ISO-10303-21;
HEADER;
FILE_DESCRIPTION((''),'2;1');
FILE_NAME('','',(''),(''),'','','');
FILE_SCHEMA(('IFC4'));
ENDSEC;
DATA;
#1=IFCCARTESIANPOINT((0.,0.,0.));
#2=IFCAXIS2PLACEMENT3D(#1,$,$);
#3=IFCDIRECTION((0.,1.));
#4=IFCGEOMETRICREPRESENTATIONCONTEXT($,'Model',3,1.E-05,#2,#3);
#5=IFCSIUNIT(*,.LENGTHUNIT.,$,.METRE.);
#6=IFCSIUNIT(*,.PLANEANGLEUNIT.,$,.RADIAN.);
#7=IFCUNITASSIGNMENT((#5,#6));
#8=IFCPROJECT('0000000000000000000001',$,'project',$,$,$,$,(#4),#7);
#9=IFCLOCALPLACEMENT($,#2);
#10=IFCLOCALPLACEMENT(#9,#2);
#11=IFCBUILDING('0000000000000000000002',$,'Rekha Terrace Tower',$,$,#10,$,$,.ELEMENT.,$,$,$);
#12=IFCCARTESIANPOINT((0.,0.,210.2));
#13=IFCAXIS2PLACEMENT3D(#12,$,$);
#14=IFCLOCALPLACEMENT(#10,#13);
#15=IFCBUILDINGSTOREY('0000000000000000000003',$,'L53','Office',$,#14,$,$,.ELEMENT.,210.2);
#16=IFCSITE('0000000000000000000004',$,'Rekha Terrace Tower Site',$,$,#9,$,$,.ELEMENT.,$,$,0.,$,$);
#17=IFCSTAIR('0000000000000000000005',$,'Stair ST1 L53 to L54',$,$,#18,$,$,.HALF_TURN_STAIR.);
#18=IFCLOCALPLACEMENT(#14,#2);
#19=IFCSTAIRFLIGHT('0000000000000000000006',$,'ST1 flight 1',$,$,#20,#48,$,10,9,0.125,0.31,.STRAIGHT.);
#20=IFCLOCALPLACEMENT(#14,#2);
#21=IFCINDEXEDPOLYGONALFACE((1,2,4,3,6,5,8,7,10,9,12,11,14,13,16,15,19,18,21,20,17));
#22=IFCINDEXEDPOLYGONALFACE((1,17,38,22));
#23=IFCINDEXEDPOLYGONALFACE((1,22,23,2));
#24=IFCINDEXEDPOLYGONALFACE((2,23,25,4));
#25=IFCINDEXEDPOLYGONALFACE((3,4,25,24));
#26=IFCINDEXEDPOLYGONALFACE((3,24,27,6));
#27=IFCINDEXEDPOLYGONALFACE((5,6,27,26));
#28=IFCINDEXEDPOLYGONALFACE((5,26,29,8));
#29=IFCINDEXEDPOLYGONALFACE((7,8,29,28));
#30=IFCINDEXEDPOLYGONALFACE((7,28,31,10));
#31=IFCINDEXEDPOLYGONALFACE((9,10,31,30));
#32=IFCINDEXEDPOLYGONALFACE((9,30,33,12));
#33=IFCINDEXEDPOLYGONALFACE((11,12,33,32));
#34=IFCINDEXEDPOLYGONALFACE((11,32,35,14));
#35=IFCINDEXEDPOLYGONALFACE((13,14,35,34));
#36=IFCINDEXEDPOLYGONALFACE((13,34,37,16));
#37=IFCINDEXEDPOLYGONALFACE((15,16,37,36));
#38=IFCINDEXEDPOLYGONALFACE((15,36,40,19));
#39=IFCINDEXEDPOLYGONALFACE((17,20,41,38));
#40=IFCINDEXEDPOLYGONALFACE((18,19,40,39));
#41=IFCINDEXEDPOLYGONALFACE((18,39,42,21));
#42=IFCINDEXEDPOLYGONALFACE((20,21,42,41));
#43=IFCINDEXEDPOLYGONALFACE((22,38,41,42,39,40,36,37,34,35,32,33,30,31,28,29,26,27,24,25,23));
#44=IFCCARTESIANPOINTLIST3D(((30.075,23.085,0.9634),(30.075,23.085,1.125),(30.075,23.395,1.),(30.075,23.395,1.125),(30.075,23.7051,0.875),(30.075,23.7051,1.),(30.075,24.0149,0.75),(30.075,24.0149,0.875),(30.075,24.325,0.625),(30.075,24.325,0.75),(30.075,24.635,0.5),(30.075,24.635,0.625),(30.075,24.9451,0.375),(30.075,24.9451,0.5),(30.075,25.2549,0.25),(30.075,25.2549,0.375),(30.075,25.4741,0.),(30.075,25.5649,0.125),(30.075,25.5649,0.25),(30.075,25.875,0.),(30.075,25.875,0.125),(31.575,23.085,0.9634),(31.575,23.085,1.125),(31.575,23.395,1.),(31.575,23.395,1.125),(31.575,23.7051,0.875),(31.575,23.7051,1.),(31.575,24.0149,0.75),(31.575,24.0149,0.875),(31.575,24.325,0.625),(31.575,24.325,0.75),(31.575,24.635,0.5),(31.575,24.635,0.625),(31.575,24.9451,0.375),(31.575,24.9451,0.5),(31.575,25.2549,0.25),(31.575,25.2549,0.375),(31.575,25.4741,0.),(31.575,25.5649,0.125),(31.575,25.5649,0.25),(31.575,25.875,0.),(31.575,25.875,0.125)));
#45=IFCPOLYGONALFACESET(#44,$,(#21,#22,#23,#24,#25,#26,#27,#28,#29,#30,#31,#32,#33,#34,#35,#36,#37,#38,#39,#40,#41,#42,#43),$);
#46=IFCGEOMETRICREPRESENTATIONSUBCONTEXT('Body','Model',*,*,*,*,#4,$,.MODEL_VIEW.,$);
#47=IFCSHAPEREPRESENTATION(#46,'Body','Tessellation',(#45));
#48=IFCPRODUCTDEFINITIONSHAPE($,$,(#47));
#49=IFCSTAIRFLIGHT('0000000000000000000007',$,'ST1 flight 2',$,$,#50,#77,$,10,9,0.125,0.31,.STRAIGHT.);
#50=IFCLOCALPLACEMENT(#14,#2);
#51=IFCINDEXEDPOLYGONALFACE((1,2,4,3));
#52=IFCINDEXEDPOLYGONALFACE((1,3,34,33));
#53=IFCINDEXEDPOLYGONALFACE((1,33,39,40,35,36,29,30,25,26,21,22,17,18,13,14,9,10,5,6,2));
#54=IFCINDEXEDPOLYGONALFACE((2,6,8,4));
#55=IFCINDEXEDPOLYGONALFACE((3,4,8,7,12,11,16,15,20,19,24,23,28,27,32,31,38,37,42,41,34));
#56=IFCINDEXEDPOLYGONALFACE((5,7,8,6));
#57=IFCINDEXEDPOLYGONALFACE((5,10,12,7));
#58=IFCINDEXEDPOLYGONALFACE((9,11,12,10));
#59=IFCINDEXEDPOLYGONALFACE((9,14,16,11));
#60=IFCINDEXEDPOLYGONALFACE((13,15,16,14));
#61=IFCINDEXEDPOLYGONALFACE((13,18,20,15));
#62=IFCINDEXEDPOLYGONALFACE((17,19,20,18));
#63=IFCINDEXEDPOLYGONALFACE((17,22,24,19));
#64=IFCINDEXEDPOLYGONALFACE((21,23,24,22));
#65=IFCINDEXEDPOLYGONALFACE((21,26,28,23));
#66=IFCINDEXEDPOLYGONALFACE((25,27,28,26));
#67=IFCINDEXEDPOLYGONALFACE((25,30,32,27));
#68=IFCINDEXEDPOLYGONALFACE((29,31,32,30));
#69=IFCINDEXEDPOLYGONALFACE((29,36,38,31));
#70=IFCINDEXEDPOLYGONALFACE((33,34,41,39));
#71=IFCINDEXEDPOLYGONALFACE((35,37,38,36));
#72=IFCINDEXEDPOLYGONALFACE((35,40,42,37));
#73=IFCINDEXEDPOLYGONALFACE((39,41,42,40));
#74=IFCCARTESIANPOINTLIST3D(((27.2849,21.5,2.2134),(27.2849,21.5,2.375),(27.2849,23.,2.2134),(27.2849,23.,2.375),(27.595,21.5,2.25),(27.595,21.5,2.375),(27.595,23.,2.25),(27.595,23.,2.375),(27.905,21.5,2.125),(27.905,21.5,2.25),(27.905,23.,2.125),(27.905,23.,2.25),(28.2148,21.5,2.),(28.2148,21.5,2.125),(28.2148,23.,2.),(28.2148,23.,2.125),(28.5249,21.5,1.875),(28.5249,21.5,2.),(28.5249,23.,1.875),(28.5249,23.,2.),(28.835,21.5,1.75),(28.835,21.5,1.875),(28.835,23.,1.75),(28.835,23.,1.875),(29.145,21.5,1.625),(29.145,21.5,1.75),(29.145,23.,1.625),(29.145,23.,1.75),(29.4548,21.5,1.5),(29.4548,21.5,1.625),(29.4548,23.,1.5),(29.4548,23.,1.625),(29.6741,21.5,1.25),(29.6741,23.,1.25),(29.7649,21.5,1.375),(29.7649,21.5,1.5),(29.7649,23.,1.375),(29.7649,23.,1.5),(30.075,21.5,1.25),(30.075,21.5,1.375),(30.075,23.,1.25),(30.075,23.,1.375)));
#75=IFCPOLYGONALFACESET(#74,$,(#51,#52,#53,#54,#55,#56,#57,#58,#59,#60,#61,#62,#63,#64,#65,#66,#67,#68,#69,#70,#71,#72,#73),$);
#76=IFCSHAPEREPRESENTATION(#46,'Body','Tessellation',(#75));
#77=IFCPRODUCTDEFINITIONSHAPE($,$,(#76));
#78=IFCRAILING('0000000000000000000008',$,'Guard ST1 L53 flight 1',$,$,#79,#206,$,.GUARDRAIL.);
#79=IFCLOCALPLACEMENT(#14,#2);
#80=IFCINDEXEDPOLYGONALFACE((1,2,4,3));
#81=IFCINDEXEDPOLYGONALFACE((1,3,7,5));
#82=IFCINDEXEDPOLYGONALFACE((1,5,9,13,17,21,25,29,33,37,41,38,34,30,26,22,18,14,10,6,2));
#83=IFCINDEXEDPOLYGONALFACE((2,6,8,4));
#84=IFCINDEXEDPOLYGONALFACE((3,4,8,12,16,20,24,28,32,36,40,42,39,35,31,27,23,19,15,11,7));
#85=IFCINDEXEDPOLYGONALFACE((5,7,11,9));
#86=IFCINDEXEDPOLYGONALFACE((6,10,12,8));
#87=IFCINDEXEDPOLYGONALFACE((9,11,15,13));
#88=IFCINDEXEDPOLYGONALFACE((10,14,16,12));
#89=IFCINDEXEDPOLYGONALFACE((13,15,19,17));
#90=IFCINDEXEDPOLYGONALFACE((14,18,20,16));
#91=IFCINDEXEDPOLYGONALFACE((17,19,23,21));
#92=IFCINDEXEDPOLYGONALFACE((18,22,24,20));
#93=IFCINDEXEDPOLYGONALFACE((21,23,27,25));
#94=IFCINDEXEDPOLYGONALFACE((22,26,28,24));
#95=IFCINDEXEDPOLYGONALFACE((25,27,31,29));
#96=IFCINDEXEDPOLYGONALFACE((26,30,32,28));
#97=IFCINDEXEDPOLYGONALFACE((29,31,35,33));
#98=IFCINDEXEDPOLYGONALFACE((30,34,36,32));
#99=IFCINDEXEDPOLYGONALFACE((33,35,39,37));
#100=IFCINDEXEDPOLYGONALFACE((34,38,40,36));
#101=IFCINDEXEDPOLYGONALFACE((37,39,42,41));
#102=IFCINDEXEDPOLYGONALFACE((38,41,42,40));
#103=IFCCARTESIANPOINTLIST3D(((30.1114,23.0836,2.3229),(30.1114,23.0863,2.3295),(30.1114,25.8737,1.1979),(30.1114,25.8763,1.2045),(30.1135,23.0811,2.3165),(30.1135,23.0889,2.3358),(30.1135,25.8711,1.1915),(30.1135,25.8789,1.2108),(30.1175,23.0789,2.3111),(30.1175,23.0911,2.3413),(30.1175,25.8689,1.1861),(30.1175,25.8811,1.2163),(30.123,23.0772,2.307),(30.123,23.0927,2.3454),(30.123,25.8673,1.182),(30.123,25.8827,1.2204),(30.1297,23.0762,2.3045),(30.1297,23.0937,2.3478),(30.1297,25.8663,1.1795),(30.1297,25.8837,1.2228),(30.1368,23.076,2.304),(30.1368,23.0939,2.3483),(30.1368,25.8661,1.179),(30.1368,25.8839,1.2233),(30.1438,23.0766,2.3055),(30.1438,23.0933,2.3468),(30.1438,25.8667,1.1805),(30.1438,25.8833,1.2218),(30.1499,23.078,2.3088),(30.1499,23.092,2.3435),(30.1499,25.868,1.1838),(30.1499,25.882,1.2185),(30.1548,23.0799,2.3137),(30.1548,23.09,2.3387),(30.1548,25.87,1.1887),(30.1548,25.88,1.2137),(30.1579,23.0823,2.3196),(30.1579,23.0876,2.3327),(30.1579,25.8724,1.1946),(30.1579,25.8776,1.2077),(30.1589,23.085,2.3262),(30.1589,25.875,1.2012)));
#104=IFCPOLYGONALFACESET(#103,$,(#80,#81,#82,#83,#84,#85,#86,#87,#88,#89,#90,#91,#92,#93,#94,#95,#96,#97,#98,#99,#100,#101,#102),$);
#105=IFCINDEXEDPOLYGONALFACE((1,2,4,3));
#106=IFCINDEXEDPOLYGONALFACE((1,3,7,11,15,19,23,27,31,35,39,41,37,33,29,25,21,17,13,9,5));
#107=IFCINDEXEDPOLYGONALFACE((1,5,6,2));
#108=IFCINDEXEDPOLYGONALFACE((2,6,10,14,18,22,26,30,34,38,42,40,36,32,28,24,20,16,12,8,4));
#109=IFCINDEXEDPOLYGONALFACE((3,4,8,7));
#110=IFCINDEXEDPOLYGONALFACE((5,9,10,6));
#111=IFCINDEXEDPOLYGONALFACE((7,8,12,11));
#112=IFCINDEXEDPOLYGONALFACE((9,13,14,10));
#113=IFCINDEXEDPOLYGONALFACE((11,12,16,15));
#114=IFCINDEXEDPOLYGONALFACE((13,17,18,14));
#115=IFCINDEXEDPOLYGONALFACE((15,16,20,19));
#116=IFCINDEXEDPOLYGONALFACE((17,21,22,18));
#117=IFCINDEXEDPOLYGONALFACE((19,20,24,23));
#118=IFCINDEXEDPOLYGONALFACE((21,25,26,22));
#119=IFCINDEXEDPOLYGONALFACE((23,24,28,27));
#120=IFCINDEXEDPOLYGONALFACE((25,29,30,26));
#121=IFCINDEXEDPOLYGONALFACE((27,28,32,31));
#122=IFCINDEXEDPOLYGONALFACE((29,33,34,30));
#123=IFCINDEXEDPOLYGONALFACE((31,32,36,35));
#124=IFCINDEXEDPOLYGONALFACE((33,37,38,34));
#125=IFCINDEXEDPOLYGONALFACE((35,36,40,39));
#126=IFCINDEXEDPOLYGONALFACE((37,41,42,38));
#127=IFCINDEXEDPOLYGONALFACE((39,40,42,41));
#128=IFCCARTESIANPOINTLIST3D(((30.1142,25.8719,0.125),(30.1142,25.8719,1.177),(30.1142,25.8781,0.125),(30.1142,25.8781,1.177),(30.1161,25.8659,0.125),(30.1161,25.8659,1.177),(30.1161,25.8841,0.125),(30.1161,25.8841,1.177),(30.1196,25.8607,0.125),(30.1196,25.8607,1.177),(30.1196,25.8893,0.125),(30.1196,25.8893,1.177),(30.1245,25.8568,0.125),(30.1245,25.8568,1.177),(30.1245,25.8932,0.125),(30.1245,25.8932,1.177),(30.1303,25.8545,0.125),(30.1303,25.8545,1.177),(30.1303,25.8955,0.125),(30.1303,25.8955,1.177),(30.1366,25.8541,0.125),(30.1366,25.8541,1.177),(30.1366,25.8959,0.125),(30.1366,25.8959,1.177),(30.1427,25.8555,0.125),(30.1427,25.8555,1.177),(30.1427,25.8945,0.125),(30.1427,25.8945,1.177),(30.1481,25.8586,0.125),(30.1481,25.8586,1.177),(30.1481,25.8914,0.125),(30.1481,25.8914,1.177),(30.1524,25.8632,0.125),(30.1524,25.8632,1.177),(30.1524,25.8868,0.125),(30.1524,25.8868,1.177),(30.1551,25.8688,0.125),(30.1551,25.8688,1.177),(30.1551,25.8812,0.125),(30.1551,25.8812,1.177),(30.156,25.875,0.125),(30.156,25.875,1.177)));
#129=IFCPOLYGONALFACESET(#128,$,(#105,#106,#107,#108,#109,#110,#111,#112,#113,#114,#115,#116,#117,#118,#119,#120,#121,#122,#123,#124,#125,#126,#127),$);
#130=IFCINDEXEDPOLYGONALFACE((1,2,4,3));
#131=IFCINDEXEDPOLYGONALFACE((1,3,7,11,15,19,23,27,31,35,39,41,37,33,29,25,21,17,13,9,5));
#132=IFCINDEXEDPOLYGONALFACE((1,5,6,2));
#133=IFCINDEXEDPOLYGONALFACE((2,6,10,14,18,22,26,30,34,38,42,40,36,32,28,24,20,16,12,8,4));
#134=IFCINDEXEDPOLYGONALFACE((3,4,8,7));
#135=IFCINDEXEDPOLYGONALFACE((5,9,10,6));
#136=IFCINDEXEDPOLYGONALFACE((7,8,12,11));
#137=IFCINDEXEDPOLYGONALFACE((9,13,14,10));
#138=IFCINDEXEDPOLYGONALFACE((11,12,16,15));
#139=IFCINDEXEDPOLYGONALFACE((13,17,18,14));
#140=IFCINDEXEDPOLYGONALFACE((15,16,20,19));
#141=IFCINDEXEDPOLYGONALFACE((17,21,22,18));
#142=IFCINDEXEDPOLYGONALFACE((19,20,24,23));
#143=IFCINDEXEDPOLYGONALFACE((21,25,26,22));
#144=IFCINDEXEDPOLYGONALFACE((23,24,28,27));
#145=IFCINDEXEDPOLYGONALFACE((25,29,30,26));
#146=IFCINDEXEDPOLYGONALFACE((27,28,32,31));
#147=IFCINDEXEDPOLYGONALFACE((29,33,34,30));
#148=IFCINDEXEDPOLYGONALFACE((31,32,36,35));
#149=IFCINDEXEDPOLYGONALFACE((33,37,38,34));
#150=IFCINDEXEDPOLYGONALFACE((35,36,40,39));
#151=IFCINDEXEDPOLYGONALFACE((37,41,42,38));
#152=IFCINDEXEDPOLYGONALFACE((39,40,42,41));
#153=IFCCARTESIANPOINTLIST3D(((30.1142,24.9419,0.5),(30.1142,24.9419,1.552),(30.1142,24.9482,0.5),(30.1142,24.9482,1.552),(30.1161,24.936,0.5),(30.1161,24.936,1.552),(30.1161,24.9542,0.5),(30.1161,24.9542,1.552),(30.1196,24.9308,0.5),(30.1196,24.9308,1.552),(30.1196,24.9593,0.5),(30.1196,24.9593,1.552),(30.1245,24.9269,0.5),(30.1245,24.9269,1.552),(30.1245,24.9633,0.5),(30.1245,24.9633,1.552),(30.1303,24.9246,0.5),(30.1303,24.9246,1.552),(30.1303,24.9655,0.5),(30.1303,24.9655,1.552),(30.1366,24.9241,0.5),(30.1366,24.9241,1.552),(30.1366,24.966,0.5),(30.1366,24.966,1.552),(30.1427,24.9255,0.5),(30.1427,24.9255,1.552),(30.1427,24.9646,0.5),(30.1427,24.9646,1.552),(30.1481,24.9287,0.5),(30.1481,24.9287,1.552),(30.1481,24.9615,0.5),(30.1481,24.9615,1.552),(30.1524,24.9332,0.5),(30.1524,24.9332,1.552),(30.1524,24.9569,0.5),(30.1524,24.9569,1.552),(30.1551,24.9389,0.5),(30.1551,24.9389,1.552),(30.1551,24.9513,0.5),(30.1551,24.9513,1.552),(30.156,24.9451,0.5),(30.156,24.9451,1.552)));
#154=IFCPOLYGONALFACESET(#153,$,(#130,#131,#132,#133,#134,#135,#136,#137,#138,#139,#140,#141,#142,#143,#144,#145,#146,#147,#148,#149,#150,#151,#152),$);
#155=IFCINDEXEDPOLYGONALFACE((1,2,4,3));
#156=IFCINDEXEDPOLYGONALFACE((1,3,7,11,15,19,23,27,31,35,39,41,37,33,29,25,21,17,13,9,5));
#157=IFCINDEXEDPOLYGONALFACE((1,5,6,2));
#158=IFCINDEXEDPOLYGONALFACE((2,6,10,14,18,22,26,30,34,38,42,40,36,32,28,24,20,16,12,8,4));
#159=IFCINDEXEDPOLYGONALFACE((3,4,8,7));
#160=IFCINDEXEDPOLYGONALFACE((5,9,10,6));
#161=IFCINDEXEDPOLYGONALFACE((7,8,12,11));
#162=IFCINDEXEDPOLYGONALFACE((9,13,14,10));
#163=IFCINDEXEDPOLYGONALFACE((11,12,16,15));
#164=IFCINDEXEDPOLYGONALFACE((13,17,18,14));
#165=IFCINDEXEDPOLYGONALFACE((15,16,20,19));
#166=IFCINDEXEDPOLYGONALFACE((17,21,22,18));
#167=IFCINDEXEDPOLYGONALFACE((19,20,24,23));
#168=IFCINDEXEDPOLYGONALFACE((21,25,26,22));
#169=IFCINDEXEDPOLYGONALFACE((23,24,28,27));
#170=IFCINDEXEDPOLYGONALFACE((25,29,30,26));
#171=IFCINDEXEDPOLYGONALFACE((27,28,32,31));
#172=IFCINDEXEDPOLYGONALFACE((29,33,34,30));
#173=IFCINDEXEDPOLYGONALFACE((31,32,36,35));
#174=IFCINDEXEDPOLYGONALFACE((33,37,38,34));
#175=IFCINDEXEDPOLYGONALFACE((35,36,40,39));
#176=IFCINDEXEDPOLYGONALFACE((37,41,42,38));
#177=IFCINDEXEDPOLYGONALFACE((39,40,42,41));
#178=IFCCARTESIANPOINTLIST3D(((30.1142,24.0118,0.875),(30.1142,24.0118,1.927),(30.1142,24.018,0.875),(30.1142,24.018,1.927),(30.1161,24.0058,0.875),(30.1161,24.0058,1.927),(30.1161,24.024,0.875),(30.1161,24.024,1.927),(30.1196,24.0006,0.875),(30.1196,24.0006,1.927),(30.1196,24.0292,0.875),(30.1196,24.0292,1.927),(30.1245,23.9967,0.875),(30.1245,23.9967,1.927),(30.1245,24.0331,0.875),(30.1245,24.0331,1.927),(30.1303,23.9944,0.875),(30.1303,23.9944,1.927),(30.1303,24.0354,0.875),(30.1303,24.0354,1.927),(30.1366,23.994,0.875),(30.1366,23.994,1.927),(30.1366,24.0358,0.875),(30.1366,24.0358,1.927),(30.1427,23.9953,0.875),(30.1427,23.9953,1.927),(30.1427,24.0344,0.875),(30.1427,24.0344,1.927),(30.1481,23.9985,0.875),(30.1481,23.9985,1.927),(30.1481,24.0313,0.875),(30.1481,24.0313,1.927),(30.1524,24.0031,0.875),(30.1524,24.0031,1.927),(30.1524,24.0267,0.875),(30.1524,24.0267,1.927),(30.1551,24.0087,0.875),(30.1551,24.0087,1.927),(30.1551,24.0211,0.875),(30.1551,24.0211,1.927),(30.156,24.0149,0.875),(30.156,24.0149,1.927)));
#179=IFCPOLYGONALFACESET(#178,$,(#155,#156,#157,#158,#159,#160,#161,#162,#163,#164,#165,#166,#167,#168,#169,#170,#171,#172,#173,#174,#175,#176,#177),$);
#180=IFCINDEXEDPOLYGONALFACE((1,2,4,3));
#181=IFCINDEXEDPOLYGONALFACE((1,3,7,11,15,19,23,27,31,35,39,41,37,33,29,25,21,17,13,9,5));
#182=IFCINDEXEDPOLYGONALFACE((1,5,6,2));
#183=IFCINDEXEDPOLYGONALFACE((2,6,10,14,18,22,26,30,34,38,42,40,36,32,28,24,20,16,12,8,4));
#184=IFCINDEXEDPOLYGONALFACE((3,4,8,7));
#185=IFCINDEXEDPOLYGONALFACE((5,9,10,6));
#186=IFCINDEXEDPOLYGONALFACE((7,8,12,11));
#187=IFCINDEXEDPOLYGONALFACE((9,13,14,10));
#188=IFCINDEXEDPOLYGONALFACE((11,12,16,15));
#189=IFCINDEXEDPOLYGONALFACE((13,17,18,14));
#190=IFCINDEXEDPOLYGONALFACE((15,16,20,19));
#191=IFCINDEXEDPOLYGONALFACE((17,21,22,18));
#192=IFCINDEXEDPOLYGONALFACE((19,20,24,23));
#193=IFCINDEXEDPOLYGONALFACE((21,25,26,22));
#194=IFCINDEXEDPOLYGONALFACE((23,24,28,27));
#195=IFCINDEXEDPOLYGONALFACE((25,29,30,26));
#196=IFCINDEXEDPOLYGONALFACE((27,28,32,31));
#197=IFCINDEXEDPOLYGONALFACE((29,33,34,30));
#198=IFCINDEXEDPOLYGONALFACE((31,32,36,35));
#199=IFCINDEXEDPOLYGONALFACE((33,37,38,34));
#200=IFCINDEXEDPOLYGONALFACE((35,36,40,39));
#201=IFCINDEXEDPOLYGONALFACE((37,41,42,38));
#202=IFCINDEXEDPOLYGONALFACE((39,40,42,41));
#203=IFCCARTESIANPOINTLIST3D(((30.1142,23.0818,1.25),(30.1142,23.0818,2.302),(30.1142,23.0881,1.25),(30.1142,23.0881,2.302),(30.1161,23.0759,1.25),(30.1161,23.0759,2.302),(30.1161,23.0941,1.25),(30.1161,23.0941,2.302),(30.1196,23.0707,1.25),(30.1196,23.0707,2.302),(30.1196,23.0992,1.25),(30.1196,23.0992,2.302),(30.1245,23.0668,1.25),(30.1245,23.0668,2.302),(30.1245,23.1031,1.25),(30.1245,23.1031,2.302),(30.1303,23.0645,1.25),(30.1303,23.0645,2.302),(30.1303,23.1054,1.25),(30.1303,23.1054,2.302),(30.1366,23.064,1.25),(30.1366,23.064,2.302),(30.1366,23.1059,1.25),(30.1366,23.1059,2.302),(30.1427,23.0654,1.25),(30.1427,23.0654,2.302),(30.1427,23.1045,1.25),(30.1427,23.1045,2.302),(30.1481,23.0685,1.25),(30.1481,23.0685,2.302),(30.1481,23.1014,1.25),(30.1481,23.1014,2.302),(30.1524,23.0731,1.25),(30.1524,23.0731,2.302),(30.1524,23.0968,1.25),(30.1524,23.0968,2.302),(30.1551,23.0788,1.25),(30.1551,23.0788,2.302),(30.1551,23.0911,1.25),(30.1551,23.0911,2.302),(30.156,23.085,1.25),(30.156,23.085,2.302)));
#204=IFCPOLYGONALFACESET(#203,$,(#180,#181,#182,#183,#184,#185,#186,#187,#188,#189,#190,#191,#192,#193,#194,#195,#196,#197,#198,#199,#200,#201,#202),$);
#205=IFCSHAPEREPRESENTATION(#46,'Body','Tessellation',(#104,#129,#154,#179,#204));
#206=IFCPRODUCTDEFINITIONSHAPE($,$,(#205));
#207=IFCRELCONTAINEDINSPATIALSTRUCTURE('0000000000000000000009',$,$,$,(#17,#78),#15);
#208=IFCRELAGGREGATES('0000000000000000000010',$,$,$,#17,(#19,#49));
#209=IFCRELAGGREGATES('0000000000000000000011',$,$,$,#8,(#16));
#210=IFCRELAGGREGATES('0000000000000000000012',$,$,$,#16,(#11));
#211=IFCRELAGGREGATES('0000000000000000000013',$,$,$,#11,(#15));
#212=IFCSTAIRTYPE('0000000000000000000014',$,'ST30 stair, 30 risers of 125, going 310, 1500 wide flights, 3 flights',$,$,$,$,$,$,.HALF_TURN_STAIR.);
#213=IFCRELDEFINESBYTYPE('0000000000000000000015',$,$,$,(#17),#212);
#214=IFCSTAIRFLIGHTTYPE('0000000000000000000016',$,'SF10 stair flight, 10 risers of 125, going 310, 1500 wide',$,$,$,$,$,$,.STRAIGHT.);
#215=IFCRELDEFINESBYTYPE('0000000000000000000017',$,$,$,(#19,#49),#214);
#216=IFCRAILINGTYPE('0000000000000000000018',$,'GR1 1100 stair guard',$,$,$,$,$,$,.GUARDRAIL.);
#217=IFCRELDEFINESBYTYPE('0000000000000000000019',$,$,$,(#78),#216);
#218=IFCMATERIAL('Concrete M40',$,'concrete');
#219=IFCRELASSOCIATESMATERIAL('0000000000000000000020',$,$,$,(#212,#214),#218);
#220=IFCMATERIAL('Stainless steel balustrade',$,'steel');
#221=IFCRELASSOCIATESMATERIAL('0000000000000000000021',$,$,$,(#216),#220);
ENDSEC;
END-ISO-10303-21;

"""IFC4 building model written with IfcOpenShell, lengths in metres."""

from ifc_helpers import new_model, si_unit, direction, frame, origin, origin_2d, place, context, subcontext, project, spatial, polyline, circle, outline, extrude, material, type_object, element, aggregate, save


model = new_model("IFC4")

# Units and contexts
model_context = context("Model", 3, precision=1e-05, world=origin(), true_north=direction((0.0, 1.0)))
body_context = subcontext(model_context, "Body", "Model", "MODEL_VIEW")
ifc_project = project(units=[si_unit("LENGTHUNIT", "METRE"), si_unit("PLANEANGLEUNIT", "RADIAN")], contexts=[model_context])

# Site, building, storey
site_placement = place(None, origin())
site = spatial("IfcSite", under=ifc_project, at=site_placement, Name="Rekha Terrace Tower Site", CompositionType="ELEMENT", RefElevation=0.0)
building_placement = place(site_placement, origin())
building = spatial("IfcBuilding", under=site, at=building_placement, Name="Rekha Terrace Tower", CompositionType="ELEMENT")
storey_placement = place(building_placement, frame((0.0, 0.0, 210.2)))
storey = spatial("IfcBuildingStorey", under=building, at=storey_placement, Name="L53", Description="Office", CompositionType="ELEMENT", Elevation=210.2)

# Stair, stair flights
ifc_material_1 = material(Name="Concrete M40", Category="concrete")
stair_type = type_object("IfcStairType", Name="ST30 stair, 30 risers of 125, going 310, 1500 wide flights, 3 flights", PredefinedType="HALF_TURN_STAIR", material=ifc_material_1)
stair_placement = place(storey_placement, origin())
stair = element("IfcStair", 1, at=stair_placement, inside=storey, type_object=stair_type, Name="Stair ST1 L53 to L54", PredefinedType="HALF_TURN_STAIR")
stair_flight_type = type_object("IfcStairFlightType", Name="SF10 stair flight, 10 risers of 125, going 310, 1500 wide", PredefinedType="STRAIGHT", material=ifc_material_1)
stair_flight_1_placement = place(storey_placement, frame((30.825, 25.875, 0.0), z_axis=(0.0, 0.0, 1.0), x_axis=(0.0, -1.0, 0.0)))
stair_flight_1 = element("IfcStairFlight", 2, at=stair_flight_1_placement, type_object=stair_flight_type, Name="ST1 flight 1", NumberOfRisers=10, NumberOfTreads=9, PredefinedType="STRAIGHT", RiserHeight=0.125, TreadLength=0.31, context=body_context, shape_type="SweptSolid", body=[
    extrude(outline(polyline([(0.0, 0.0), (0.0, 0.125), (0.3101, 0.125), (0.3101, 0.25), (0.6201, 0.25), (0.6201, 0.375), (0.9299, 0.375), (0.9299, 0.5), (1.24, 0.5), (1.24, 0.625), (1.55, 0.625), (1.55, 0.75), (1.8601, 0.75), (1.8601, 0.875), (2.1699, 0.875), (2.1699, 1.0), (2.48, 1.0), (2.48, 1.125), (2.79, 1.125), (2.79, 1.25), (2.79, 0.9634), (0.4009, 0.0), (0.0, 0.0)])), frame((0.0, 0.75, 0.0), z_axis=(0.0, -1.0, 0.0), x_axis=(1.0, 0.0, 0.0)), (0.0, 0.0, 1.0), 1.5),
])
stair_flight_2_placement = place(storey_placement, frame((30.075, 22.25, 1.25), z_axis=(0.0, 0.0, 1.0), x_axis=(-1.0, 0.0, 0.0)))
stair_flight_2 = element("IfcStairFlight", 3, at=stair_flight_2_placement, type_object=stair_flight_type, Name="ST1 flight 2", NumberOfRisers=10, NumberOfTreads=9, PredefinedType="STRAIGHT", RiserHeight=0.125, TreadLength=0.31, context=body_context, shape_type="SweptSolid", body=[
    extrude(outline(polyline([(0.0, 0.0), (0.0, 0.125), (0.3101, 0.125), (0.3101, 0.25), (0.6201, 0.25), (0.6201, 0.375), (0.9299, 0.375), (0.9299, 0.5), (1.24, 0.5), (1.24, 0.625), (1.55, 0.625), (1.55, 0.75), (1.8601, 0.75), (1.8601, 0.875), (2.1699, 0.875), (2.1699, 1.0), (2.48, 1.0), (2.48, 1.125), (2.79, 1.125), (2.79, 1.25), (2.79, 0.9634), (0.4009, 0.0), (0.0, 0.0)])), frame((0.0, 0.75, 0.0), z_axis=(0.0, -1.0, 0.0), x_axis=(1.0, 0.0, 0.0)), (0.0, 0.0, 1.0), 1.5),
])
aggregate(stair, [stair_flight_1, stair_flight_2])

# Railing
ifc_material_2 = material(Name="Stainless steel balustrade", Category="steel")
railing_type_1 = type_object("IfcRailingType", Name="GR1 1100 stair guard", PredefinedType="GUARDRAIL", material=ifc_material_2)
railing_1_placement = place(storey_placement, frame((30.135, 25.875, 0.125)))
element("IfcRailing", 4, at=railing_1_placement, inside=storey, type_object=railing_type_1, Name="Guard ST1 L53 flight 1", PredefinedType="GUARDRAIL", context=body_context, shape_type="SweptSolid", body=[
    extrude(circle(Radius=0.0239, at=origin_2d()), frame((0.0, 0.0, 1.0762), z_axis=(0.0, -0.927443, 0.373964), x_axis=(1.0, 0.0, 0.0)), (0.0, 0.0, 1.0), 3.0083),
    extrude(circle(Radius=0.021, at=origin_2d()), origin(), (0.0, 0.0, 1.0), 1.052),
    extrude(circle(Radius=0.021, at=origin_2d()), frame((0.0, -0.9299, 0.375)), (0.0, 0.0, 1.0), 1.052),
    extrude(circle(Radius=0.021, at=origin_2d()), frame((0.0, -1.8601, 0.75)), (0.0, 0.0, 1.0), 1.052),
    extrude(circle(Radius=0.021, at=origin_2d()), frame((0.0, -2.79, 1.125)), (0.0, 0.0, 1.0), 1.052),
])

save(model, "model.ifc")
